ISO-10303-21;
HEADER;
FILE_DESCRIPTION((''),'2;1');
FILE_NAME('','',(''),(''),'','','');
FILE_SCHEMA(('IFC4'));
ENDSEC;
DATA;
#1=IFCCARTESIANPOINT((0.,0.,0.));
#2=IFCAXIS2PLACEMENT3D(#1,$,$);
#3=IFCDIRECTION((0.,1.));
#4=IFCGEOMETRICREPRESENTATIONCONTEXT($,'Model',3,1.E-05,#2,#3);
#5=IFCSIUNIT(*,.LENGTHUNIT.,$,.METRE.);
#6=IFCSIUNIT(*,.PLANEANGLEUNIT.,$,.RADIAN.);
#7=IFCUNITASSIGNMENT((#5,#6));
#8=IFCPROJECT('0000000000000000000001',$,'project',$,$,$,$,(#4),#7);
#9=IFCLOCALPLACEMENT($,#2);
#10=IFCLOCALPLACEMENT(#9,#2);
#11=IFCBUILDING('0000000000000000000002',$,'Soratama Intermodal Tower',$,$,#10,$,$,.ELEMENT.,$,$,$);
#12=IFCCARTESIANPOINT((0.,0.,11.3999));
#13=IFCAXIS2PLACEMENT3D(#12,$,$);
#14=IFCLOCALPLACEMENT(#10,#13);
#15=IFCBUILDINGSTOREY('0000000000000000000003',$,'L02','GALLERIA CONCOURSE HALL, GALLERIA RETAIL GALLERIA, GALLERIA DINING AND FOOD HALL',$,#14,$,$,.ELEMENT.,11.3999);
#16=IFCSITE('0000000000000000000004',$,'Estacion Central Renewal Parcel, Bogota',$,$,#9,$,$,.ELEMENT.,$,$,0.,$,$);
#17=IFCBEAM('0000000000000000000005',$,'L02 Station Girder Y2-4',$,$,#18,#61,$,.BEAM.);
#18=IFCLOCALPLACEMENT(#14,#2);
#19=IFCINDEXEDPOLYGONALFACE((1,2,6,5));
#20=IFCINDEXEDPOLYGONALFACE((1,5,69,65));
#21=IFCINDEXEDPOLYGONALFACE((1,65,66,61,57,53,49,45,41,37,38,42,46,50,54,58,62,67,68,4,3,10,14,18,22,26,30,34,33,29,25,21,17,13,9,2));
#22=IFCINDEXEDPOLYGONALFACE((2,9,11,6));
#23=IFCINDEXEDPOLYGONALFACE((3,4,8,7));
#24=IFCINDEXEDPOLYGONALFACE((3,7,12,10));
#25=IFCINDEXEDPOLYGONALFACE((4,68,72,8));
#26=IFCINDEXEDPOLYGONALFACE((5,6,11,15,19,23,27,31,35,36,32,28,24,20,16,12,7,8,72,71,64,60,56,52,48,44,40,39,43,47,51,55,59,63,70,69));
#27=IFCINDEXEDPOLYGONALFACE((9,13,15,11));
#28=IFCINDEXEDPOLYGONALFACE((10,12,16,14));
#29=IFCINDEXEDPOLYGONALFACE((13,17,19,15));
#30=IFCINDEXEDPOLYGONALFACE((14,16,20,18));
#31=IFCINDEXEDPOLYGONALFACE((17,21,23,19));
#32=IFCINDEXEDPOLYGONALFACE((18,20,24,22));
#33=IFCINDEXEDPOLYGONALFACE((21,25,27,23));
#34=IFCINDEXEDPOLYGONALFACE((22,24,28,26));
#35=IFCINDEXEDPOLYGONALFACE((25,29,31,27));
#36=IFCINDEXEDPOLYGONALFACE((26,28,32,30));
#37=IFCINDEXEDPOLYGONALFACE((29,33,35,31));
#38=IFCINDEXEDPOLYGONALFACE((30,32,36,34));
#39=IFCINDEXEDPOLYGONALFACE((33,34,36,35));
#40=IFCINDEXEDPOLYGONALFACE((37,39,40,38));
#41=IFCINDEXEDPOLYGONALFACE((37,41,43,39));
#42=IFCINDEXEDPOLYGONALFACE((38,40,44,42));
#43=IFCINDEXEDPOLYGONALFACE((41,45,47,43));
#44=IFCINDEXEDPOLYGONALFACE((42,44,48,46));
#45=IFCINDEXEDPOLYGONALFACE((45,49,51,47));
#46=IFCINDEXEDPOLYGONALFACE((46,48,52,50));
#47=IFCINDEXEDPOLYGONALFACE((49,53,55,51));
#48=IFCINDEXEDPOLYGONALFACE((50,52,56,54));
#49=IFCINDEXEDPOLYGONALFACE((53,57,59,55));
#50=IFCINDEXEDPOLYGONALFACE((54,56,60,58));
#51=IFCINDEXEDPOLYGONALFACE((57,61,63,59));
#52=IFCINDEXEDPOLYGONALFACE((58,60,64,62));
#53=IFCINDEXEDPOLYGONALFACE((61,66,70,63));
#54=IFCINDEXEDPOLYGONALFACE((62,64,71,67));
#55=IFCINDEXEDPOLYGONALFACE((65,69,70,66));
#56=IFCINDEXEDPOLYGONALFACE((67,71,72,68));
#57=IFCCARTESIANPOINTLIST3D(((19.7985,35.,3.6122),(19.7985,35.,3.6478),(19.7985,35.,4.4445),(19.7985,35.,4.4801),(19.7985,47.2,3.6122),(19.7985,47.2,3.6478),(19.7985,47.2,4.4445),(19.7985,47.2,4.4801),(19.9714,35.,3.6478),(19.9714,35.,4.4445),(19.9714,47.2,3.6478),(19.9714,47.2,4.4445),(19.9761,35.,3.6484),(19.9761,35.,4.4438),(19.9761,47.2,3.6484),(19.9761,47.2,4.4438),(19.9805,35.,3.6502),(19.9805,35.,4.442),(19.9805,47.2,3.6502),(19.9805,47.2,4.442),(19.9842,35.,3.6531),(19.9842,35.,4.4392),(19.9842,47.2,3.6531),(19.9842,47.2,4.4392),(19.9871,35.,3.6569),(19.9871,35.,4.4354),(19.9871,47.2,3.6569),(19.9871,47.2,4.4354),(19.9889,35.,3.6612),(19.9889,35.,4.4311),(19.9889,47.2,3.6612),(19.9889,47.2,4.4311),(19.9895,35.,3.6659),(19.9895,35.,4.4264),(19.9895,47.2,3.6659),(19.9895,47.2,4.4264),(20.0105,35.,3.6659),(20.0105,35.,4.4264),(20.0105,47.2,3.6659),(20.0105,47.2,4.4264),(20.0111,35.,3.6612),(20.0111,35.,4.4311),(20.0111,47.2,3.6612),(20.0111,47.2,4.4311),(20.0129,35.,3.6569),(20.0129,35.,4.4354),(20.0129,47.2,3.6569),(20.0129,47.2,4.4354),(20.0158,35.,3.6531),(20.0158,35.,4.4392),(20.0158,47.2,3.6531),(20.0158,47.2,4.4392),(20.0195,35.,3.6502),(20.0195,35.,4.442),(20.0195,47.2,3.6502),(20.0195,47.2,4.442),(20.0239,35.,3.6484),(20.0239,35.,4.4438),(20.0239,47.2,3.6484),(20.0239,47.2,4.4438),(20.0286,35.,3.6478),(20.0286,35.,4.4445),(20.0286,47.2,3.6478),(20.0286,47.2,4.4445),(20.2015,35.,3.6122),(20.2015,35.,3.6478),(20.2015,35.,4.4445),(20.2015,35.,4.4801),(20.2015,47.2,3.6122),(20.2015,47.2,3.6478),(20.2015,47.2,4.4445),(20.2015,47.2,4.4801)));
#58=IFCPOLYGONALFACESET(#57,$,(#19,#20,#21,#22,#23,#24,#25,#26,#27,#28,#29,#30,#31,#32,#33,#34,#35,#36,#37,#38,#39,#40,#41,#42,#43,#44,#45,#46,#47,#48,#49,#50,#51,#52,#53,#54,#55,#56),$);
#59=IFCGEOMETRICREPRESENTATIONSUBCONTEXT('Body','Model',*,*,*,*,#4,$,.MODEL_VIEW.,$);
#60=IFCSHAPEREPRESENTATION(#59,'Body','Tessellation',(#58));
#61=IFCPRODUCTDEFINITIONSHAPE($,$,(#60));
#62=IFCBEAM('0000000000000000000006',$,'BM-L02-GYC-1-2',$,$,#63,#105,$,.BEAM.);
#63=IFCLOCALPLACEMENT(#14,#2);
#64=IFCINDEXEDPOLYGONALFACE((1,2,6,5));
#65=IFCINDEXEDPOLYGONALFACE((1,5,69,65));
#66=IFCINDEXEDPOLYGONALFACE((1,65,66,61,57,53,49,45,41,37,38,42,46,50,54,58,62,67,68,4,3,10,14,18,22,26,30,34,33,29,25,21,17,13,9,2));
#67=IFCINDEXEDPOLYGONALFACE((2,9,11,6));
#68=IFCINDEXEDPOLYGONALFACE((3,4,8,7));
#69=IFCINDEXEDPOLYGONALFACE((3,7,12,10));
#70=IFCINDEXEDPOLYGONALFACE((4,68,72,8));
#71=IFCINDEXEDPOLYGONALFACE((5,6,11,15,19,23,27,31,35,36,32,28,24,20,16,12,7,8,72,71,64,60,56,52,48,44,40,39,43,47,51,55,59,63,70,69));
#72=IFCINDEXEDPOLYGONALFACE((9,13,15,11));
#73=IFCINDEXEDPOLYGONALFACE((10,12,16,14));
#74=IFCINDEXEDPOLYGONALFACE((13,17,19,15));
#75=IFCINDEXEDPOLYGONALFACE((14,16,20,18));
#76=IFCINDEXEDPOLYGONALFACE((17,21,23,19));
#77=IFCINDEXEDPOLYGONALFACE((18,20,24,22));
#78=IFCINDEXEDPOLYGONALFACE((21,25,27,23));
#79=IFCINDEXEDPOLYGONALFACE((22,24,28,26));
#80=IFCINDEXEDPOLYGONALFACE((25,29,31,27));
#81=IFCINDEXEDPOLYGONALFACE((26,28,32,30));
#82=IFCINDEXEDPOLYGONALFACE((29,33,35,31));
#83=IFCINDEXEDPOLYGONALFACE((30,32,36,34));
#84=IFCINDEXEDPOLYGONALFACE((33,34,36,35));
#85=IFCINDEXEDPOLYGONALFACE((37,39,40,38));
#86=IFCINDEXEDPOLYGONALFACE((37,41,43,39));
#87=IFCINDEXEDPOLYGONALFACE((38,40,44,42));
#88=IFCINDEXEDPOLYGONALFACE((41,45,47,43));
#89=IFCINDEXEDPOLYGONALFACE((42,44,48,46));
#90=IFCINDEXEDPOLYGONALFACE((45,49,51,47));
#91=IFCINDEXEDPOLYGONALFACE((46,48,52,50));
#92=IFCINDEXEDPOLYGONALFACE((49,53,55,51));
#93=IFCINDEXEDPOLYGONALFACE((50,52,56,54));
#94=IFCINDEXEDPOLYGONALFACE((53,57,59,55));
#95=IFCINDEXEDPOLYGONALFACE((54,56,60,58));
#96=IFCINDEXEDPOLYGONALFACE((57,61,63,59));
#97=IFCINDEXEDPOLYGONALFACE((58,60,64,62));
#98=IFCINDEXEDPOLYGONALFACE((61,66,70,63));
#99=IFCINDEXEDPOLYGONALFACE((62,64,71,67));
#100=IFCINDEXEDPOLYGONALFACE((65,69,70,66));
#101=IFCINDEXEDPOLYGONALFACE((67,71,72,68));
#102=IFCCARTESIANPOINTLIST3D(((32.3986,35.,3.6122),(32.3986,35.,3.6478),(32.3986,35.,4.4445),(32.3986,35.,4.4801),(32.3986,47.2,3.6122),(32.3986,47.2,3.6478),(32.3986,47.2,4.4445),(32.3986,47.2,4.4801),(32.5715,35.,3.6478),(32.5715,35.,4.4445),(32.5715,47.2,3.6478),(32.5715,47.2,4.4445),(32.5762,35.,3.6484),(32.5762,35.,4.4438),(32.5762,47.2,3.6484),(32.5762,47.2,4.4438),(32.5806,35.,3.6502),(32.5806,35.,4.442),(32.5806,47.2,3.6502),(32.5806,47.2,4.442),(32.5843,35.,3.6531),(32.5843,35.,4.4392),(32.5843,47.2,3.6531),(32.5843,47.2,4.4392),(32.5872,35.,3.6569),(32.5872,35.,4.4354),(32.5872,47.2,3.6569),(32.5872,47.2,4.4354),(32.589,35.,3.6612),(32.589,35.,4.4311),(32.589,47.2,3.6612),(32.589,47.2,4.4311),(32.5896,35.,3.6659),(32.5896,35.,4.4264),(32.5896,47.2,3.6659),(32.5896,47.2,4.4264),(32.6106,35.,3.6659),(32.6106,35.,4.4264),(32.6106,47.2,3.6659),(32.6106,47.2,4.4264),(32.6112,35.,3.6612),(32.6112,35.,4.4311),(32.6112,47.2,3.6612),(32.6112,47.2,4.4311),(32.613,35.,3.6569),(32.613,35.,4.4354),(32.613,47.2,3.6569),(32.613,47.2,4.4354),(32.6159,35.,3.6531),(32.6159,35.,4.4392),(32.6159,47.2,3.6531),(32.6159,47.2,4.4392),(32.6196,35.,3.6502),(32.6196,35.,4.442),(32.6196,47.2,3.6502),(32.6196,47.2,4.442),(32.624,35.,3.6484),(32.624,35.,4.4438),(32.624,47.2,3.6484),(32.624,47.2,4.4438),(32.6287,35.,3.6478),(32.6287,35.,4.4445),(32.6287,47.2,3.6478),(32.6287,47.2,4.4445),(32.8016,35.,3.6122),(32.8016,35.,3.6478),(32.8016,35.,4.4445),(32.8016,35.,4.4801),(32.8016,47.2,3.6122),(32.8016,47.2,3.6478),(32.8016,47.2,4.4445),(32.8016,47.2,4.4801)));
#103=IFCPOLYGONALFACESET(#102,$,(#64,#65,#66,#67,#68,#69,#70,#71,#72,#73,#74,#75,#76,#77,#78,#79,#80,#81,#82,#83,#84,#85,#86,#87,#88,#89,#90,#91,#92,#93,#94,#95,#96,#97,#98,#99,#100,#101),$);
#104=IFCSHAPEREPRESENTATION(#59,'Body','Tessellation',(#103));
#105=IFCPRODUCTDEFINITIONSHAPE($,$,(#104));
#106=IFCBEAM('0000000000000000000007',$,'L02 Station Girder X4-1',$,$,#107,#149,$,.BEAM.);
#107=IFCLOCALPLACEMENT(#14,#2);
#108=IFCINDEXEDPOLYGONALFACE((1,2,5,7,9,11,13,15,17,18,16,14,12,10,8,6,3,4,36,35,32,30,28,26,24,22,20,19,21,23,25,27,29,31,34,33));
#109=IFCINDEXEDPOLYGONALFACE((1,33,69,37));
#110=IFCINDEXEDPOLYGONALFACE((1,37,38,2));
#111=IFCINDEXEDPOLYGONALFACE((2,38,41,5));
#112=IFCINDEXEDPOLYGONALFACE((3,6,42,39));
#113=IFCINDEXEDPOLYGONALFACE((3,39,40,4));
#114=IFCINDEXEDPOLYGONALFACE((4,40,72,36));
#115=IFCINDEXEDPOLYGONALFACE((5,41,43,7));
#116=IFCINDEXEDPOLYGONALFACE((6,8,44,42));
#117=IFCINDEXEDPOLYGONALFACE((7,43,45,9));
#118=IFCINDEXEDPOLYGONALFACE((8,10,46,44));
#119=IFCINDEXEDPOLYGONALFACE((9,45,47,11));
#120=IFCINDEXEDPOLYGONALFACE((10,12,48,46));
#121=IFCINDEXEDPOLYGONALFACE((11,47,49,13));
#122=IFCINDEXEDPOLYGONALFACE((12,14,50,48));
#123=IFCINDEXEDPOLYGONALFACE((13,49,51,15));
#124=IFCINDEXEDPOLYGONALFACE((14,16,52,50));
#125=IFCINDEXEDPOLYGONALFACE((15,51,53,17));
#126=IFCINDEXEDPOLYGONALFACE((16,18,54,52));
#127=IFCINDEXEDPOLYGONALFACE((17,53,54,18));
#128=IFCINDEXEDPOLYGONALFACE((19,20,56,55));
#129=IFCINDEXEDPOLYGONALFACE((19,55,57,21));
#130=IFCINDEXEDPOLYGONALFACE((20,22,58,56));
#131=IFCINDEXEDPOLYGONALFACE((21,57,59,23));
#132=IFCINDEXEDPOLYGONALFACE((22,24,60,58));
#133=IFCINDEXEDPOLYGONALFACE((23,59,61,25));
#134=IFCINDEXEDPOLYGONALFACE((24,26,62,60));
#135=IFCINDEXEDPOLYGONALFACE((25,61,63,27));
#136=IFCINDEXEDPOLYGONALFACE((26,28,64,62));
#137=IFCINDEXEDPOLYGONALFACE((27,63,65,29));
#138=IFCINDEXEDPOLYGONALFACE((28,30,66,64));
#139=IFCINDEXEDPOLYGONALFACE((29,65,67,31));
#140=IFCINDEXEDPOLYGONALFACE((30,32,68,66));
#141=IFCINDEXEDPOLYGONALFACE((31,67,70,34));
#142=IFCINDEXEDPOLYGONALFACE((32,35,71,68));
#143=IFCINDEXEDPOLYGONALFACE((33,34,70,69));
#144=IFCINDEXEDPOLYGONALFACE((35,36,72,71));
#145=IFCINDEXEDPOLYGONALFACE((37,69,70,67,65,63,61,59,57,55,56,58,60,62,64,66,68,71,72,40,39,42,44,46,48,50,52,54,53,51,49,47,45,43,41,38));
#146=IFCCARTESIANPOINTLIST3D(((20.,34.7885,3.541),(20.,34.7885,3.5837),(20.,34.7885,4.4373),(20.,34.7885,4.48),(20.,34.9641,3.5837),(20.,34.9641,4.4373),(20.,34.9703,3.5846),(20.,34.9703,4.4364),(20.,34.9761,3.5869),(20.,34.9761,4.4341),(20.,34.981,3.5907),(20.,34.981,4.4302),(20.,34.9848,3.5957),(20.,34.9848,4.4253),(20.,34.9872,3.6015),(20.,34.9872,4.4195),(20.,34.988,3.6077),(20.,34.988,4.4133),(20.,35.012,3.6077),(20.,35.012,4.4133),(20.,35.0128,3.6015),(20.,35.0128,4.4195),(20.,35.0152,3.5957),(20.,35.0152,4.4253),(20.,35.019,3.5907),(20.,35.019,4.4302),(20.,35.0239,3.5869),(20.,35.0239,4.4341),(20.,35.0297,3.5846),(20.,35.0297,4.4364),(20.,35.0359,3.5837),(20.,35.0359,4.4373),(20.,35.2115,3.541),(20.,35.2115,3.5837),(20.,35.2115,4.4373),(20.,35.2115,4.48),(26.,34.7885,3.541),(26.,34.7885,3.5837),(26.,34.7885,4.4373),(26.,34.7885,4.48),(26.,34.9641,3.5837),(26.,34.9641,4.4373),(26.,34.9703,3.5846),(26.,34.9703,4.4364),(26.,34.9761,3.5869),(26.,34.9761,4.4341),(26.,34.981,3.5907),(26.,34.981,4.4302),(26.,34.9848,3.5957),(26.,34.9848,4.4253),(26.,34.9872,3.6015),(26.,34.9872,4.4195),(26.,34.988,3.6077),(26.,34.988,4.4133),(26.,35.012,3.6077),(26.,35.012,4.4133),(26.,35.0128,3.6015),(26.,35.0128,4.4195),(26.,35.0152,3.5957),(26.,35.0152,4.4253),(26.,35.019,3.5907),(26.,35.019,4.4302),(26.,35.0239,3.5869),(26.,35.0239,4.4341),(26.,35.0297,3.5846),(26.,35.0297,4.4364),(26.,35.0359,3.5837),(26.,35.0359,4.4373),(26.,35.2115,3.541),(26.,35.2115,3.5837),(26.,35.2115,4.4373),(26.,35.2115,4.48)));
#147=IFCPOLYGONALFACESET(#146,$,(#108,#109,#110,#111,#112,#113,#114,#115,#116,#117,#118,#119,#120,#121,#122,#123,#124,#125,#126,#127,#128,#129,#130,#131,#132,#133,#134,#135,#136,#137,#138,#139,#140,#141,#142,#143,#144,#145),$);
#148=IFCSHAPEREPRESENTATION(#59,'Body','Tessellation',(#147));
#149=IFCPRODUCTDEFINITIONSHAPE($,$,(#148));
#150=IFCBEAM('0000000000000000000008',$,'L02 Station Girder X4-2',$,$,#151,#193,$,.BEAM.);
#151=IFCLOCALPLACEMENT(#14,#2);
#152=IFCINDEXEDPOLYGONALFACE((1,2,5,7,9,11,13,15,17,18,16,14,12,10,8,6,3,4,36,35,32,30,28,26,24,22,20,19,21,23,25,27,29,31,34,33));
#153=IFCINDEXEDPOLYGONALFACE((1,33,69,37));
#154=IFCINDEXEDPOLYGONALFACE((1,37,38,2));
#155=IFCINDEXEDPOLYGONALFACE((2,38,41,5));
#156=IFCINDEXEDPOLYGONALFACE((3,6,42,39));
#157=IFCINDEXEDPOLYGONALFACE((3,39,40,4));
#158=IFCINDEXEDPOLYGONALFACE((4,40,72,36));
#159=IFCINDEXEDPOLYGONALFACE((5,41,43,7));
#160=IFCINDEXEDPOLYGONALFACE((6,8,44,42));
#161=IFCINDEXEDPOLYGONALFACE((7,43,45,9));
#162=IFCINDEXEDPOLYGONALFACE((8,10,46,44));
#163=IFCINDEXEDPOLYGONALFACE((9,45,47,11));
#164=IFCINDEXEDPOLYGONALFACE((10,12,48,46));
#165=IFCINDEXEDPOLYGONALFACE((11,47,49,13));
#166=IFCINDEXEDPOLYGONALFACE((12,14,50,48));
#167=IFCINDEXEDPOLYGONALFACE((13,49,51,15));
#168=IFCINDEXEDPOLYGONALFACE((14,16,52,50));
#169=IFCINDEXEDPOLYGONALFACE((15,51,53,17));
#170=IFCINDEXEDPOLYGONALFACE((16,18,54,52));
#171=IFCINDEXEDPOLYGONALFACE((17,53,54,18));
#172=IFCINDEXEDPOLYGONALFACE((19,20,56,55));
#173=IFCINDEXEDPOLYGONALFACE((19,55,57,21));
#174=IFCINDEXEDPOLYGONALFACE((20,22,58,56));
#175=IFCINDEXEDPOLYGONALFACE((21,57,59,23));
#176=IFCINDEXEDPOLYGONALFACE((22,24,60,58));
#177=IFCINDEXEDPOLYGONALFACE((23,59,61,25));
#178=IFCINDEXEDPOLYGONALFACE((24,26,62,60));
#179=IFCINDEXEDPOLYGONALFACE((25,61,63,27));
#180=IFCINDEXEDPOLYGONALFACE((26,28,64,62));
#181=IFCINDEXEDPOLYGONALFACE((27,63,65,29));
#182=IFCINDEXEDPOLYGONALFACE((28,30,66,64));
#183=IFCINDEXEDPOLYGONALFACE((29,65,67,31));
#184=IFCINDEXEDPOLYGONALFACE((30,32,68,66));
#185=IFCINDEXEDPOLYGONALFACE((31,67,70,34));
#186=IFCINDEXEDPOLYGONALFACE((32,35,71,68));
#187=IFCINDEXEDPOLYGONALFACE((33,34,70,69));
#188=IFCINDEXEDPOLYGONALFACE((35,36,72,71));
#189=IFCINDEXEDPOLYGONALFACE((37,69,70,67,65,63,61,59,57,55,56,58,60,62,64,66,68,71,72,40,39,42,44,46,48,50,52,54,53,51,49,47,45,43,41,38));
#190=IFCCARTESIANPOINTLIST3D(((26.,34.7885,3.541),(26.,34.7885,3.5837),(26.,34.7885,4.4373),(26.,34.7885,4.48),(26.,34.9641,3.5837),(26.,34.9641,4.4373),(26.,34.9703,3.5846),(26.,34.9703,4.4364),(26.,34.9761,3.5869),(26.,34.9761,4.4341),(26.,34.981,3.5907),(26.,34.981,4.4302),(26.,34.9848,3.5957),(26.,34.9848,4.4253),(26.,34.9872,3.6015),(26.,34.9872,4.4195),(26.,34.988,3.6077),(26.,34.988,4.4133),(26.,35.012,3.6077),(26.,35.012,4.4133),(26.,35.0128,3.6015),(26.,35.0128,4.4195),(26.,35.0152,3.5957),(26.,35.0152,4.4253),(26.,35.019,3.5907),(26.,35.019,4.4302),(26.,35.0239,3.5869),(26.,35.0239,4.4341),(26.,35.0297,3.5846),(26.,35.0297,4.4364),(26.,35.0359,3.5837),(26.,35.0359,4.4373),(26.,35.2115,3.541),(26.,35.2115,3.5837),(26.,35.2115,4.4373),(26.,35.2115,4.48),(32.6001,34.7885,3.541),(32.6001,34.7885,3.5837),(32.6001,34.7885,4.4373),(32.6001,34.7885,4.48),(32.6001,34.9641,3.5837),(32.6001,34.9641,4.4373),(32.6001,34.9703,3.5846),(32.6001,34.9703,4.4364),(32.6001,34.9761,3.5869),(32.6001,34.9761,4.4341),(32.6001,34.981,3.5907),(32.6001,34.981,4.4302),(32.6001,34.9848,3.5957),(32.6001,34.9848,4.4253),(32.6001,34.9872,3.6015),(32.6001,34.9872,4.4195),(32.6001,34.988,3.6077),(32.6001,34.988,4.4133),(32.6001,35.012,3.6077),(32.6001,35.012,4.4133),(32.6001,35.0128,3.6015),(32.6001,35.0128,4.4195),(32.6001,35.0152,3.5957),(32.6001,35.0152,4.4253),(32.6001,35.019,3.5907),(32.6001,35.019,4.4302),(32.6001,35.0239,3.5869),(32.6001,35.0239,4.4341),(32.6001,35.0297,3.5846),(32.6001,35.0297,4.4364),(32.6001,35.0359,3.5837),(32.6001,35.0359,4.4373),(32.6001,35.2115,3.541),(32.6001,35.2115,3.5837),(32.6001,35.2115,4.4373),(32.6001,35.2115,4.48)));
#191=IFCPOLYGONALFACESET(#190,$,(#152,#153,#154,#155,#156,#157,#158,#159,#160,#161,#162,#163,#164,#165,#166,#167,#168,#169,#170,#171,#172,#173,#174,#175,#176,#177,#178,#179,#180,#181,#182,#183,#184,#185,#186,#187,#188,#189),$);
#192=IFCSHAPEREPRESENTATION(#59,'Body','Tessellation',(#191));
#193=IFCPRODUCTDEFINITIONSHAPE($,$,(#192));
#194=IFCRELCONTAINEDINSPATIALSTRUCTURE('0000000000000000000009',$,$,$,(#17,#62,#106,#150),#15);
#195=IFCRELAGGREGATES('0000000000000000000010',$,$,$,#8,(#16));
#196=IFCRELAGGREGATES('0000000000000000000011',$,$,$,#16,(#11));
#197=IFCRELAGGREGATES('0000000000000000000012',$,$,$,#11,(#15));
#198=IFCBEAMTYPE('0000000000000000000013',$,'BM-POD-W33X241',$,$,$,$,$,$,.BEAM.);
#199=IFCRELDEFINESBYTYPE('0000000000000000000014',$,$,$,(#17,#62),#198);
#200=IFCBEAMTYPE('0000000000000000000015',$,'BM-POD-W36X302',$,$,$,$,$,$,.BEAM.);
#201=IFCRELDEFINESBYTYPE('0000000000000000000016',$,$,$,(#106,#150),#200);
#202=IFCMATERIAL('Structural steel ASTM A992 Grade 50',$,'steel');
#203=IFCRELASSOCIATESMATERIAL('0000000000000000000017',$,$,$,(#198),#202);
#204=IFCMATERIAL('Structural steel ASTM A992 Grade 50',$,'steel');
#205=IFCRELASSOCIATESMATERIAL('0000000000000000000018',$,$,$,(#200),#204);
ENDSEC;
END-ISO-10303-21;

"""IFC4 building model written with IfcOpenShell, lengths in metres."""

from ifc_helpers import new_model, si_unit, direction, frame, origin, origin_2d, place, context, subcontext, project, spatial, i_section, extrude, material, material_profile, profile_set, type_object, element, save


model = new_model("IFC4")

# Units and contexts
model_context = context("Model", 3, precision=1e-05, world=origin(), true_north=direction((0.0, 1.0)))
body_context = subcontext(model_context, "Body", "Model", "MODEL_VIEW")
ifc_project = project(units=[si_unit("LENGTHUNIT", "METRE"), si_unit("PLANEANGLEUNIT", "RADIAN")], contexts=[model_context])

# Site, building, storey
site_placement = place(None, origin())
site = spatial("IfcSite", under=ifc_project, at=site_placement, Name="Estacion Central Renewal Parcel, Bogota", CompositionType="ELEMENT", RefElevation=0.0)
building_placement = place(site_placement, origin())
building = spatial("IfcBuilding", under=site, at=building_placement, Name="Soratama Intermodal Tower", CompositionType="ELEMENT")
storey_placement = place(building_placement, frame((0.0, 0.0, 11.3999)))
storey = spatial("IfcBuildingStorey", under=building, at=storey_placement, Name="L02", Description="GALLERIA CONCOURSE HALL, GALLERIA RETAIL GALLERIA, GALLERIA DINING AND FOOD HALL", CompositionType="ELEMENT", Elevation=11.3999)

# Beams
ifc_material_1 = material(Name="Structural steel ASTM A992 Grade 50", Category="steel")
ifc_material_profile_1 = material_profile(ifc_material_1, i_section(OverallWidth=0.4031, OverallDepth=0.8679, WebThickness=0.021, FlangeThickness=0.0356, FilletRadius=0.0181, at=origin_2d()), Name="W33X241")
ifc_profile_set_1 = profile_set([ifc_material_profile_1], Name="Structural steel ASTM A992 Grade 50")
beam_type_1 = type_object("IfcBeamType", Name="BM-POD-W33X241", PredefinedType="BEAM", material=ifc_profile_set_1)
for number, where, z_axis, x_axis, name in (
    (1, (20.0, 35.0, 4.0461), (0.0, 1.0, 0.0), (-1.0, 0.0, 0.0), "L02 Station Girder Y2-4"),
    (2, (32.6001, 35.0, 4.0461), (0.0, 1.0, 0.0), (-1.0, 0.0, 0.0), "BM-L02-GYC-1-2"),
):
    element("IfcBeam", number, at=place(storey_placement, frame(where, z_axis=z_axis, x_axis=x_axis)), inside=storey, type_object=beam_type_1, Name=name, PredefinedType="BEAM", context=body_context, shape_type="SweptSolid", body=[
        extrude(i_section(OverallWidth=0.4031, OverallDepth=0.8679, WebThickness=0.021, FlangeThickness=0.0356, FilletRadius=0.0181, at=origin_2d()), origin(), (0.0, 0.0, 1.0), 12.2),
    ])
ifc_material_2 = material(Name="Structural steel ASTM A992 Grade 50", Category="steel")
ifc_material_profile_2 = material_profile(ifc_material_2, i_section(OverallWidth=0.4231, OverallDepth=0.939, WebThickness=0.0239, FlangeThickness=0.0427, FilletRadius=0.0239, at=origin_2d()), Name="W36X302")
ifc_profile_set_2 = profile_set([ifc_material_profile_2], Name="Structural steel ASTM A992 Grade 50")
beam_type_2 = type_object("IfcBeamType", Name="BM-POD-W36X302", PredefinedType="BEAM", material=ifc_profile_set_2)
beam_1_placement = place(storey_placement, frame((20.0, 35.0, 4.0105), z_axis=(1.0, 0.0, 0.0), x_axis=(0.0, 1.0, 0.0)))
element("IfcBeam", 3, at=beam_1_placement, inside=storey, type_object=beam_type_2, Name="L02 Station Girder X4-1", PredefinedType="BEAM", context=body_context, shape_type="SweptSolid", body=[
    extrude(i_section(OverallWidth=0.4231, OverallDepth=0.939, WebThickness=0.0239, FlangeThickness=0.0427, FilletRadius=0.0239, at=origin_2d()), origin(), (0.0, 0.0, 1.0), 6.0),
])
beam_2_placement = place(storey_placement, frame((26.0, 35.0, 4.0105), z_axis=(1.0, 0.0, 0.0), x_axis=(0.0, 1.0, 0.0)))
element("IfcBeam", 4, at=beam_2_placement, inside=storey, type_object=beam_type_2, Name="L02 Station Girder X4-2", PredefinedType="BEAM", context=body_context, shape_type="SweptSolid", body=[
    extrude(i_section(OverallWidth=0.4231, OverallDepth=0.939, WebThickness=0.0239, FlangeThickness=0.0427, FilletRadius=0.0239, at=origin_2d()), origin(), (0.0, 0.0, 1.0), 6.6001),
])

save(model, "model.ifc")
